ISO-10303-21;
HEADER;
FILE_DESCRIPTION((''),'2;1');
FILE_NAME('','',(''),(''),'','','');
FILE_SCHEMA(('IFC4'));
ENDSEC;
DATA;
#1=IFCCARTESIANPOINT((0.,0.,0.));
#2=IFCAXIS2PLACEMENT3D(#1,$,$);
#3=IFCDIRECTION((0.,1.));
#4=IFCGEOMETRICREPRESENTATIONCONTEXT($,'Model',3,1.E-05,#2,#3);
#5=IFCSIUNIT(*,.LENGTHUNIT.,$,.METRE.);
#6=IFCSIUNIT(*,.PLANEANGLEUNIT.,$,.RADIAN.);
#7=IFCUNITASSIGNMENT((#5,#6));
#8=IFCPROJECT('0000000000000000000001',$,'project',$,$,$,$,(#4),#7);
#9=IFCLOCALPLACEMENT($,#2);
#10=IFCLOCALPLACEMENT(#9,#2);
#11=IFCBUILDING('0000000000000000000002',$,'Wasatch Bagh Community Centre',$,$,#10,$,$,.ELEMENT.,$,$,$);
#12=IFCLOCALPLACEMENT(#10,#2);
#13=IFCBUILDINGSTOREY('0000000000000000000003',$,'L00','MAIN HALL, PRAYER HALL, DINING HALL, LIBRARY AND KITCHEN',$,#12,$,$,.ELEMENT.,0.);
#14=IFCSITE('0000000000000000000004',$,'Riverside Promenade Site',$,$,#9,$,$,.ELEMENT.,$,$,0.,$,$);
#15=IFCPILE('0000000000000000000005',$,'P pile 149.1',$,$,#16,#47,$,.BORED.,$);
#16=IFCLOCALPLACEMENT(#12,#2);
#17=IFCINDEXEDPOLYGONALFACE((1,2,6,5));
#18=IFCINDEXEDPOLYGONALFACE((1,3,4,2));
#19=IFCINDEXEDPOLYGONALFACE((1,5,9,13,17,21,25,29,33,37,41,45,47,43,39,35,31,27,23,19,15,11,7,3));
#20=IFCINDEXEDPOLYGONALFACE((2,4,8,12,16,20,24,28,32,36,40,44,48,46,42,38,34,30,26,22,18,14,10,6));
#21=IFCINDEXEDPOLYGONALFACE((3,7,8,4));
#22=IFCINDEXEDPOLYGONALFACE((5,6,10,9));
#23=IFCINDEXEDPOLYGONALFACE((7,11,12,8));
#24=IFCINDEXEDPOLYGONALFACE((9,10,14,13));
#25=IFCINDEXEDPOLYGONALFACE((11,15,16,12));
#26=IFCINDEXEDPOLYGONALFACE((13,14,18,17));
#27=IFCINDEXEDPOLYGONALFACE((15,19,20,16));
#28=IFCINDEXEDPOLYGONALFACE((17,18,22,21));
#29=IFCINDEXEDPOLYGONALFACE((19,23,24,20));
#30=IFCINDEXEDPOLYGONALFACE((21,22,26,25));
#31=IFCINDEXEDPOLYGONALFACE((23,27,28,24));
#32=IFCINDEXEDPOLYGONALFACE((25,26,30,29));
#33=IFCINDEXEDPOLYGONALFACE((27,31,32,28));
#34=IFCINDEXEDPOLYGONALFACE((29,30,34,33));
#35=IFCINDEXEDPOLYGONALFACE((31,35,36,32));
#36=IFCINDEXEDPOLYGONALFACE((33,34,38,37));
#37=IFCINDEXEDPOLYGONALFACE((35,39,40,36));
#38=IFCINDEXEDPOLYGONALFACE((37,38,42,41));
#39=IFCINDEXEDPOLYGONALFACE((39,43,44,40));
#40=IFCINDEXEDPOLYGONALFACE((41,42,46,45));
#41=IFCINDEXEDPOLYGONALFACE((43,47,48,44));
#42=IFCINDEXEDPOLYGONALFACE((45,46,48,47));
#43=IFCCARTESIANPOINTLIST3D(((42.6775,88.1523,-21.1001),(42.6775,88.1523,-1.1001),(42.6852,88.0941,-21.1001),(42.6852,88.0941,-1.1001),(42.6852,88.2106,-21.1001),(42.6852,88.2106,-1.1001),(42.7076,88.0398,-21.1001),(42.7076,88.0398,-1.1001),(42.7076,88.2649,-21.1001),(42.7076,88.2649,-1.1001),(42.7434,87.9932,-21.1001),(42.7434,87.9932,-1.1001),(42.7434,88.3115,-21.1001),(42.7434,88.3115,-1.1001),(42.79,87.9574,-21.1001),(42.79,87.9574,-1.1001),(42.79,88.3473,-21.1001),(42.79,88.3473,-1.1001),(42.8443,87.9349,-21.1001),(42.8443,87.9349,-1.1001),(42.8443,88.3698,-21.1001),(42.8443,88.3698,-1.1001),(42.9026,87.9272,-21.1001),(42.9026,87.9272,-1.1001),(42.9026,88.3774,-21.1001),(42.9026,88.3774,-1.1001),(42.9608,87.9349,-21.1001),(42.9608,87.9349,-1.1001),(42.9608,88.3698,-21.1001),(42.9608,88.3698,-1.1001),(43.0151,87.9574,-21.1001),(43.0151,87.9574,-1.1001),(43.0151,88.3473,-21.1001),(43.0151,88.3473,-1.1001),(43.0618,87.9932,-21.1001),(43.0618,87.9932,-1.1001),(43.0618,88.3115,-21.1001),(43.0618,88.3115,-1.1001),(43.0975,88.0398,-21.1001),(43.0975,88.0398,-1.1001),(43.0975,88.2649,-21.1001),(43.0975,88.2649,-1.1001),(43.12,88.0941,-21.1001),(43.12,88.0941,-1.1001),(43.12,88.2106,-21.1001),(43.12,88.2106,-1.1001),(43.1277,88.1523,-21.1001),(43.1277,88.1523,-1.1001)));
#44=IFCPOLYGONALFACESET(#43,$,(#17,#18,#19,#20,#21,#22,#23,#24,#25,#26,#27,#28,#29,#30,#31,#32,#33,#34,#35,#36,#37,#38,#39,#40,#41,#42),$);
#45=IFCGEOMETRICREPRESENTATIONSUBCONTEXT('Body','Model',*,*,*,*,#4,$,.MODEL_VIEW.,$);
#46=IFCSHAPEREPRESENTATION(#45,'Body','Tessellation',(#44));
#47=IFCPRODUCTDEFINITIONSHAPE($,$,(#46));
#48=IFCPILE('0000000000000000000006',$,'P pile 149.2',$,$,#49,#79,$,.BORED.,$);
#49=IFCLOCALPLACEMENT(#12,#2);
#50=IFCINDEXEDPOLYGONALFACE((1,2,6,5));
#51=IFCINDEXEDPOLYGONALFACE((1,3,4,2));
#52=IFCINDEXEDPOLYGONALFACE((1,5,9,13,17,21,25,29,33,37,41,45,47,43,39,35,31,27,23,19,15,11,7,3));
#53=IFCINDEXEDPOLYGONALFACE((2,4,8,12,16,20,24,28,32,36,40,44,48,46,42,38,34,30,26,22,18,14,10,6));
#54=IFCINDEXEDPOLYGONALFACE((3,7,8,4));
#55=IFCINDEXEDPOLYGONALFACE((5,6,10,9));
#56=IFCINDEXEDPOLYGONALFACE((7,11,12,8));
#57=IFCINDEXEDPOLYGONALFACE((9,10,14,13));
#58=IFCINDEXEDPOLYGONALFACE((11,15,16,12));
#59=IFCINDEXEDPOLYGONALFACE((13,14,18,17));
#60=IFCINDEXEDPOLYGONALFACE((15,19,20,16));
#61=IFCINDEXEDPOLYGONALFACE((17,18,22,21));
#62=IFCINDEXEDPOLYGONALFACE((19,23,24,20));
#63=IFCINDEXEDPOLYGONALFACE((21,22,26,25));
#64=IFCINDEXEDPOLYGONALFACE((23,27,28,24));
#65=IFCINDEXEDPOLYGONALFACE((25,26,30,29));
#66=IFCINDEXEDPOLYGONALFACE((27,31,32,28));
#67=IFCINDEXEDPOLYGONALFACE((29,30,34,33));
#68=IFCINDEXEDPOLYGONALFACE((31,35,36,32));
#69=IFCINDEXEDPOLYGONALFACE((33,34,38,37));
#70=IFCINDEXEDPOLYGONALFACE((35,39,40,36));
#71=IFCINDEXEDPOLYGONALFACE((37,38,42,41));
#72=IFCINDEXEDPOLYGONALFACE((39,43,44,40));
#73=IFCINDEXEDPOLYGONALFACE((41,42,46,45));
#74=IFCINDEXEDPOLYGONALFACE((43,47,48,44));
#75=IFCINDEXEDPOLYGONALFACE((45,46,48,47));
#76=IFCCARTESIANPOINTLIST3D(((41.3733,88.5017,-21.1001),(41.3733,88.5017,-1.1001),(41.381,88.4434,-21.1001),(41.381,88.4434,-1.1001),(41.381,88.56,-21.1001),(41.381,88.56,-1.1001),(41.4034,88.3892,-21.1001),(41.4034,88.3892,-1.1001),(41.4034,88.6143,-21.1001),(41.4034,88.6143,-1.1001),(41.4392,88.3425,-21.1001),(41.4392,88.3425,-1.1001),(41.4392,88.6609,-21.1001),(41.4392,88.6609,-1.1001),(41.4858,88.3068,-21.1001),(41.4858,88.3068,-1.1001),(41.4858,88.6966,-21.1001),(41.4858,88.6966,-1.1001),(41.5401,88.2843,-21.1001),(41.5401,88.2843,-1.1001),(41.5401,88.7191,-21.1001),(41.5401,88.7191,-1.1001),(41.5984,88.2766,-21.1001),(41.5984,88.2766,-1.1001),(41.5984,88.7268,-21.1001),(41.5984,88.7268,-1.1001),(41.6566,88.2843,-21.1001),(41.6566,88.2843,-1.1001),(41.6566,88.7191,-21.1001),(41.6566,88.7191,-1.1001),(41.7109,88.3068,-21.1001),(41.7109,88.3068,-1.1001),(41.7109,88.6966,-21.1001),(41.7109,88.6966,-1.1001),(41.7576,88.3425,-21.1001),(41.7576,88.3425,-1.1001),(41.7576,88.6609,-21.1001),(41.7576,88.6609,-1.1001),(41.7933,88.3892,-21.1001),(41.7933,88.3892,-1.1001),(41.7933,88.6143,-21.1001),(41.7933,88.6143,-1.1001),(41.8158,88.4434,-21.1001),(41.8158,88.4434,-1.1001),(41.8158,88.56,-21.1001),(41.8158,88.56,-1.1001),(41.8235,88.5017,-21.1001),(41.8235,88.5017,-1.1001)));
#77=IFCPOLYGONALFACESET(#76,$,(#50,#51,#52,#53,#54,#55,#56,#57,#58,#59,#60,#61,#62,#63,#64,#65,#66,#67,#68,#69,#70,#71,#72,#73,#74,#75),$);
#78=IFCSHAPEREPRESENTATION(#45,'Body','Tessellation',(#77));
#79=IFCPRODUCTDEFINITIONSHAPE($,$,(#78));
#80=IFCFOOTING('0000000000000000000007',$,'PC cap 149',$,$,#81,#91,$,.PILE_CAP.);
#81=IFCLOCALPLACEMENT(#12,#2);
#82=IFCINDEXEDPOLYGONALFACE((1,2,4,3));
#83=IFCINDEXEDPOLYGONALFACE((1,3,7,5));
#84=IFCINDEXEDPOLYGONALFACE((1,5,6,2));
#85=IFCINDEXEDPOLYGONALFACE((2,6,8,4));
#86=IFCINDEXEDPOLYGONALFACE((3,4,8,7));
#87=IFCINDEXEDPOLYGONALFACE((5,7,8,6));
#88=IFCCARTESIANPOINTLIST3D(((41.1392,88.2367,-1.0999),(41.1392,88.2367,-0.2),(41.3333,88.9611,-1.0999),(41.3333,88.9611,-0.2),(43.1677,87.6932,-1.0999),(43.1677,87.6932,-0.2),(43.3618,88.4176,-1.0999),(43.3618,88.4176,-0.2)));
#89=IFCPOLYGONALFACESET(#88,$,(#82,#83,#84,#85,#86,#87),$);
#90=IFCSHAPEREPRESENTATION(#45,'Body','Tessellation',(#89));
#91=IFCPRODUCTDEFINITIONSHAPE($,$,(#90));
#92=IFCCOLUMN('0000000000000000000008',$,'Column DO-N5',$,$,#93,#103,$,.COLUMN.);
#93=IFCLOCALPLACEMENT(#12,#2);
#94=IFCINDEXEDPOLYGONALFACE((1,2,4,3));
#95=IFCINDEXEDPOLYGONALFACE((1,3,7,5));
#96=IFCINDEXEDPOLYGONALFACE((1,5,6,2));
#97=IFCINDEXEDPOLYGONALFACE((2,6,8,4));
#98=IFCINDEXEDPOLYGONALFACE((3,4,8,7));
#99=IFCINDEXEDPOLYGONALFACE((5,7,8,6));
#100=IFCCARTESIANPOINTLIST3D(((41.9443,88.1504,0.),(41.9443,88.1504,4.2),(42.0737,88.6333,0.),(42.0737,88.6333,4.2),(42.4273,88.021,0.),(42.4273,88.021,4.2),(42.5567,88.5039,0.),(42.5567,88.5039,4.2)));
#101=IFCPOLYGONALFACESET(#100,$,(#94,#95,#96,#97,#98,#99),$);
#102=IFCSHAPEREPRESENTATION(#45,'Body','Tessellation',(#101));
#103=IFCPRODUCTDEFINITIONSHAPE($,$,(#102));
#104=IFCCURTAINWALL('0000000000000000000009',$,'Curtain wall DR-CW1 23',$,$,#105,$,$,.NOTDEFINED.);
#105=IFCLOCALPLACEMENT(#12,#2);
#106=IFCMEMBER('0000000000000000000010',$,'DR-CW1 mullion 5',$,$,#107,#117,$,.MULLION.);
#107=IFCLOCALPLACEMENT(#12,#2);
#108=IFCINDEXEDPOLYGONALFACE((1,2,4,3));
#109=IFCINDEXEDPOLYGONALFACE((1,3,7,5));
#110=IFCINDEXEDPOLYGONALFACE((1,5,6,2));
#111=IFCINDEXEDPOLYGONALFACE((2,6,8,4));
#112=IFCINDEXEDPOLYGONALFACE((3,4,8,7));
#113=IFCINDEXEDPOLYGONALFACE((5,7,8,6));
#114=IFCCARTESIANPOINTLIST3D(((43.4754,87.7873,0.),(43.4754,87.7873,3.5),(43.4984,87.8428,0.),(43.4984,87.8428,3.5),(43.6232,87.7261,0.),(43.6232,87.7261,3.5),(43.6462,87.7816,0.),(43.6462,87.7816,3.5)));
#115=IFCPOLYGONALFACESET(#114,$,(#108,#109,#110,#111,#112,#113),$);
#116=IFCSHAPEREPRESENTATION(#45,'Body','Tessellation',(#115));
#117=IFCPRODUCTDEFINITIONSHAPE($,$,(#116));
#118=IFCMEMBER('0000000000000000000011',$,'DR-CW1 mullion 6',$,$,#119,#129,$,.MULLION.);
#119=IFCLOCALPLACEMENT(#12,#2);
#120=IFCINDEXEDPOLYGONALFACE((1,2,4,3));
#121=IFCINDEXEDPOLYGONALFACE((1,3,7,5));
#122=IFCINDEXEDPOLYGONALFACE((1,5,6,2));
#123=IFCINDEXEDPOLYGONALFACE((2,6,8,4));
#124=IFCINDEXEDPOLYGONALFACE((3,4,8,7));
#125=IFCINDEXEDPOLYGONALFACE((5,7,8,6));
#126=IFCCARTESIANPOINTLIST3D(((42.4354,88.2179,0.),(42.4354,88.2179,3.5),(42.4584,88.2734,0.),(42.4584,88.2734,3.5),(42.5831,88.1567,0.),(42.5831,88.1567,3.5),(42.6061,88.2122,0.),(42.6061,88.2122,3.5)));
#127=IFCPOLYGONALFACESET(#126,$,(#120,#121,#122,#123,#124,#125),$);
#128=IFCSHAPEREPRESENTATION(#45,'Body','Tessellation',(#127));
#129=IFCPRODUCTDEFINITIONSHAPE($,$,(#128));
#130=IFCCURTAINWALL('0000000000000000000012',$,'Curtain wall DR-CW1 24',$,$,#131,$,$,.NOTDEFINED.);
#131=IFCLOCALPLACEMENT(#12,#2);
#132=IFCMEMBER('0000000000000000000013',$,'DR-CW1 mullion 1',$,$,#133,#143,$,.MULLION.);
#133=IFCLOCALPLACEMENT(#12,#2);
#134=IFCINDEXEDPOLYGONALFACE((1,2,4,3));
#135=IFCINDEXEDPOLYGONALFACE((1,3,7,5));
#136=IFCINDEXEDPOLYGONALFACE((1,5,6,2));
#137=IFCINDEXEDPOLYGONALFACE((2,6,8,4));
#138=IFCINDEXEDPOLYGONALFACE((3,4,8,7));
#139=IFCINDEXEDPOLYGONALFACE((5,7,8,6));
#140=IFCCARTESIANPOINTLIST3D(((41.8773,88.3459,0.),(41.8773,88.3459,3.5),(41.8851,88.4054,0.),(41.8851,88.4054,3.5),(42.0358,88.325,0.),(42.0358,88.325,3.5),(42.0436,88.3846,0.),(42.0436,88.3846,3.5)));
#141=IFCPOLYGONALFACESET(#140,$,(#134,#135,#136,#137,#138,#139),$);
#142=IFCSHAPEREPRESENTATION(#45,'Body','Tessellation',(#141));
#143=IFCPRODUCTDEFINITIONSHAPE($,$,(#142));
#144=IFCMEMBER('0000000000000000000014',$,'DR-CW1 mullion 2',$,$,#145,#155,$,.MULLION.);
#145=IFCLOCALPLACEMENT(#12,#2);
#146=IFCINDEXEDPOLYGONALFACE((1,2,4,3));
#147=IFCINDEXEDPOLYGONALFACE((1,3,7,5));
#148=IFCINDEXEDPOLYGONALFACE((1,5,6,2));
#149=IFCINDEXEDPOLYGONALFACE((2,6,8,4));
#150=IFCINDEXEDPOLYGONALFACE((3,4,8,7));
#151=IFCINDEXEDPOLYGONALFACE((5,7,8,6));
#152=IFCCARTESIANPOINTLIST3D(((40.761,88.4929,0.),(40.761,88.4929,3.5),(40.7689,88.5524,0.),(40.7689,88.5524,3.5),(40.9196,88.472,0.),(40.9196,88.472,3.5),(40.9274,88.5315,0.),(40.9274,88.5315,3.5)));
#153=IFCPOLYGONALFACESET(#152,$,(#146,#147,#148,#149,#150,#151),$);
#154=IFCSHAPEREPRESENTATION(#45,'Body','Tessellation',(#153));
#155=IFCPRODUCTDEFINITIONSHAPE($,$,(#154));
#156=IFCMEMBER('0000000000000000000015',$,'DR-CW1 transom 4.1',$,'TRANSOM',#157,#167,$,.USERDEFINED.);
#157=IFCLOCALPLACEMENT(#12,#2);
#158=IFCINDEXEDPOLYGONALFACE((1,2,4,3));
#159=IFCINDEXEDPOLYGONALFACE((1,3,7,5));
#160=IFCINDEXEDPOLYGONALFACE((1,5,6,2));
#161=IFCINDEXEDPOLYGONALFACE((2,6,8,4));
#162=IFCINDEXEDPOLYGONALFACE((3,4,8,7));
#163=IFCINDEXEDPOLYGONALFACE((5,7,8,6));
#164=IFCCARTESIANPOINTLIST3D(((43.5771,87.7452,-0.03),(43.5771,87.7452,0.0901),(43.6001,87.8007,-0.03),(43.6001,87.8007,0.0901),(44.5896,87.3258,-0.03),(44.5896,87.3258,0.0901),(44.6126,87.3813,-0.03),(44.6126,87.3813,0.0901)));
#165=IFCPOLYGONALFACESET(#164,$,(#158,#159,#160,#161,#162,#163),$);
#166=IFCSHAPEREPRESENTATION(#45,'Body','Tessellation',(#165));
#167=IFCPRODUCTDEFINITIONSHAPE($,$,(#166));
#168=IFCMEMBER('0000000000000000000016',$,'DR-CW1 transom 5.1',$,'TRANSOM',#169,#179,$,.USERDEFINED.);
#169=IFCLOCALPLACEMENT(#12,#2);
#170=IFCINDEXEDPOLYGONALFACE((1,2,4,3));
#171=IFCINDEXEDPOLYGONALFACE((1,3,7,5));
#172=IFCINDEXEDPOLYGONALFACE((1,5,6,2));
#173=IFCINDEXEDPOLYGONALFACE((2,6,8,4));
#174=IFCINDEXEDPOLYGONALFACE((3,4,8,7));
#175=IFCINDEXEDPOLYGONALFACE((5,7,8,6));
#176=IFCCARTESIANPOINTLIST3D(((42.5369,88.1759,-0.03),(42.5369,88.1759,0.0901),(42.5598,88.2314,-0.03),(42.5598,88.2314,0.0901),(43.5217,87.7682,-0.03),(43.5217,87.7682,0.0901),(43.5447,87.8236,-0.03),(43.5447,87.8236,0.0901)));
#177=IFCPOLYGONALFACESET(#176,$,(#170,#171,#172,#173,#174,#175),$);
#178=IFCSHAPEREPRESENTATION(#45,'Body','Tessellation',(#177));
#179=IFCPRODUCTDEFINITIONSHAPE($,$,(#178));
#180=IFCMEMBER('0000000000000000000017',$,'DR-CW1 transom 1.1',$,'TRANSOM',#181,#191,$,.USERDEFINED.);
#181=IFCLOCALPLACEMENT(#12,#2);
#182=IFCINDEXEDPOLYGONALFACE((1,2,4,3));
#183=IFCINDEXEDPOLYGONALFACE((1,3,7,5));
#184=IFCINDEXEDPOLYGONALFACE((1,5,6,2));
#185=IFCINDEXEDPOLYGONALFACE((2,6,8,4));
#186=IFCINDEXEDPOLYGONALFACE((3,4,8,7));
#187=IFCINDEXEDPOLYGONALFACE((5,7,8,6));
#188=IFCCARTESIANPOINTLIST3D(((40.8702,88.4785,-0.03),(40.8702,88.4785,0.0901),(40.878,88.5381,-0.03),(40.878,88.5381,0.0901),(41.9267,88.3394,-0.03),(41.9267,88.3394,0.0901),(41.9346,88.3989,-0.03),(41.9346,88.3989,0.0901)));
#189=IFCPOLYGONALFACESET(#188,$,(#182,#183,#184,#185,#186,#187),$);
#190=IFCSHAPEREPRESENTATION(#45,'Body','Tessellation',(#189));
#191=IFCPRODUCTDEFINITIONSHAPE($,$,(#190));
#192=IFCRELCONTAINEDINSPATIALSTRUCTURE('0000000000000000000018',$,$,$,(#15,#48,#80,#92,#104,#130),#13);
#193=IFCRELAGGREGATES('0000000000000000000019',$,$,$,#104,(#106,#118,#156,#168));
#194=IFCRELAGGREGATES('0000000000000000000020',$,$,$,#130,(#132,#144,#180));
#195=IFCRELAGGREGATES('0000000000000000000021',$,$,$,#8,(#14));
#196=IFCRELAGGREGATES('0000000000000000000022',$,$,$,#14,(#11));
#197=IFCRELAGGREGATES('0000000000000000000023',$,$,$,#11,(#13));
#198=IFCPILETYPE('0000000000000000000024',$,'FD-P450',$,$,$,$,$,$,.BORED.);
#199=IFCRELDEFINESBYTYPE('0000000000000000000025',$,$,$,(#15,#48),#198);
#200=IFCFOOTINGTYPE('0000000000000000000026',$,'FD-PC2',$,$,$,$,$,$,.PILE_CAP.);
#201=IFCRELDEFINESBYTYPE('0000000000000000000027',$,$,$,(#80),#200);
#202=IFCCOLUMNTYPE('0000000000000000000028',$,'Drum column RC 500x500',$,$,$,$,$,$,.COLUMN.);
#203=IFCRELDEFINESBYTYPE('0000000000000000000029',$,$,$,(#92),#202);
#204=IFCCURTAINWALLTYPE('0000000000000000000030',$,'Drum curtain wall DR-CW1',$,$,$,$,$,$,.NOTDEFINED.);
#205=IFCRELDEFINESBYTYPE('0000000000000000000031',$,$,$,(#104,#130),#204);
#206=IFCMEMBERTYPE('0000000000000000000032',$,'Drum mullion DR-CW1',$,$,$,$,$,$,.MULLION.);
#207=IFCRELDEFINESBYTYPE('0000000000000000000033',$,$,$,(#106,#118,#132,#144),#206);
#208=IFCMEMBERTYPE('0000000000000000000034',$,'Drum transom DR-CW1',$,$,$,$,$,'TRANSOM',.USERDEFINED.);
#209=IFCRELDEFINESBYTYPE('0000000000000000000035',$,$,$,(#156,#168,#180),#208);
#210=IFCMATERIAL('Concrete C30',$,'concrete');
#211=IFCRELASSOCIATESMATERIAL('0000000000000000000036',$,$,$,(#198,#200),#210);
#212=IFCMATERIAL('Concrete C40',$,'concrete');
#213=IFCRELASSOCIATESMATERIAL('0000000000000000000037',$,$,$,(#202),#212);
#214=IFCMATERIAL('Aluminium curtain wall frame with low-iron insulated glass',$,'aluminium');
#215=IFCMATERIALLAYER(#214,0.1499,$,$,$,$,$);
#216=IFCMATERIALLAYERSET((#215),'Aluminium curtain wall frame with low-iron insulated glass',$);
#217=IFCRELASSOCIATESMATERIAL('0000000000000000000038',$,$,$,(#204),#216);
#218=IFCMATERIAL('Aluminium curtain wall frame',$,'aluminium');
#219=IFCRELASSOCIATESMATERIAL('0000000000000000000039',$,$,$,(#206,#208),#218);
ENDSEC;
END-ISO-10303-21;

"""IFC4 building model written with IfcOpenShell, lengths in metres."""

from ifc_helpers import new_model, si_unit, direction, frame, origin, origin_2d, place, context, subcontext, project, spatial, rectangle, circle, extrude, material, layer, layer_set, material_profile, profile_set, type_object, element, aggregate, save


model = new_model("IFC4")

# Units and contexts
model_context = context("Model", 3, precision=1e-05, world=origin(), true_north=direction((0.0, 1.0)))
body_context = subcontext(model_context, "Body", "Model", "MODEL_VIEW")
ifc_project = project(units=[si_unit("LENGTHUNIT", "METRE"), si_unit("PLANEANGLEUNIT", "RADIAN")], contexts=[model_context])

# Site, building, storey
site_placement = place(None, origin())
site = spatial("IfcSite", under=ifc_project, at=site_placement, Name="Riverside Promenade Site", CompositionType="ELEMENT", RefElevation=0.0)
building_placement = place(site_placement, origin())
building = spatial("IfcBuilding", under=site, at=building_placement, Name="Wasatch Bagh Community Centre", CompositionType="ELEMENT")
storey_placement = place(building_placement, origin())
storey = spatial("IfcBuildingStorey", under=building, at=storey_placement, Name="L00", Description="MAIN HALL, PRAYER HALL, DINING HALL, LIBRARY AND KITCHEN", CompositionType="ELEMENT", Elevation=0.0)

# Piles
ifc_material_1 = material(Name="Concrete C30", Category="concrete")
ifc_material_profile_1 = material_profile(ifc_material_1, circle(Radius=0.2251, at=origin_2d()), Name="RC D450")
ifc_profile_set_1 = profile_set([ifc_material_profile_1], Name="Concrete C30")
pile_type = type_object("IfcPileType", Name="FD-P450", PredefinedType="BORED", material=ifc_profile_set_1)
for number, where, z_axis, x_axis, name in (
    (1, (42.9026, 88.1523, -1.1001), (0.0, 0.0, -1.0), (1.0, 0.0, 0.0), "P pile 149.1"),
    (2, (41.5984, 88.5017, -1.1001), (0.0, 0.0, -1.0), (1.0, 0.0, 0.0), "P pile 149.2"),
):
    element("IfcPile", number, at=place(storey_placement, frame(where, z_axis=z_axis, x_axis=x_axis)), inside=storey, type_object=pile_type, Name=name, PredefinedType="BORED", context=body_context, shape_type="SweptSolid", body=[
        extrude(circle(Radius=0.2251, at=origin_2d()), origin(), (0.0, 0.0, 1.0), 20.0),
    ])

# Footing
footing_type = type_object("IfcFootingType", Name="FD-PC2", PredefinedType="PILE_CAP", material=ifc_material_1)
footing_placement = place(storey_placement, frame((42.2505, 88.3271, -1.0999), z_axis=(0.0, 0.0, 1.0), x_axis=(-0.965926, 0.258819, 0.0)))
element("IfcFooting", 3, at=footing_placement, inside=storey, type_object=footing_type, Name="PC cap 149", PredefinedType="PILE_CAP", context=body_context, shape_type="SweptSolid", body=[
    extrude(rectangle(XDim=2.1001, YDim=0.75, at=origin_2d()), origin(), (0.0, 0.0, 1.0), 0.8999),
])

# Column
ifc_material_2 = material(Name="Concrete C40", Category="concrete")
ifc_material_profile_2 = material_profile(ifc_material_2, rectangle(XDim=0.5, YDim=0.5, at=origin_2d()), Name="RC 500x500")
ifc_profile_set_2 = profile_set([ifc_material_profile_2], Name="Concrete C40")
column_type = type_object("IfcColumnType", Name="Drum column RC 500x500", PredefinedType="COLUMN", material=ifc_profile_set_2)
column_placement = place(storey_placement, frame((42.2505, 88.3271, 0.0), z_axis=(0.0, 0.0, 1.0), x_axis=(0.258819, 0.965926, 0.0)))
element("IfcColumn", 4, at=column_placement, inside=storey, type_object=column_type, Name="Column DO-N5", PredefinedType="COLUMN", context=body_context, shape_type="SweptSolid", body=[
    extrude(rectangle(XDim=0.5, YDim=0.5, at=origin_2d()), origin(), (0.0, 0.0, 1.0), 4.2),
])

# Curtain walls, members
ifc_material_3 = material(Name="Aluminium curtain wall frame with low-iron insulated glass", Category="aluminium")
ifc_layer_1 = layer(ifc_material_3, 0.1499)
ifc_layer_set_1 = layer_set([ifc_layer_1], Name="Aluminium curtain wall frame with low-iron insulated glass")
curtain_wall_type = type_object("IfcCurtainWallType", Name="Drum curtain wall DR-CW1", PredefinedType="NOTDEFINED", material=ifc_layer_set_1)
curtain_wall_1_placement = place(storey_placement, origin())
curtain_wall_1 = element("IfcCurtainWall", 5, at=curtain_wall_1_placement, inside=storey, type_object=curtain_wall_type, Name="Curtain wall DR-CW1 23", PredefinedType="NOTDEFINED")
ifc_material_4 = material(Name="Aluminium curtain wall frame", Category="aluminium")
ifc_material_profile_3 = material_profile(ifc_material_4, rectangle(XDim=0.0601, YDim=0.1599, at=origin_2d()), Name="Drum mullion DR-CW1")
ifc_profile_set_3 = profile_set([ifc_material_profile_3], Name="Aluminium curtain wall frame")
member_type_1 = type_object("IfcMemberType", Name="Drum mullion DR-CW1", PredefinedType="MULLION", material=ifc_profile_set_3)
member_1_placement = place(storey_placement, frame((43.5608, 87.7844, 0.0), z_axis=(0.0, 0.0, 1.0), x_axis=(-0.382683, -0.92388, 0.0)))
member_1 = element("IfcMember", 6, at=member_1_placement, type_object=member_type_1, Name="DR-CW1 mullion 5", PredefinedType="MULLION", context=body_context, shape_type="SweptSolid", body=[
    extrude(rectangle(XDim=0.0601, YDim=0.1599, at=origin_2d()), origin(), (0.0, 0.0, 1.0), 3.5),
])
member_2_placement = place(storey_placement, frame((42.5208, 88.2151, 0.0), z_axis=(0.0, 0.0, 1.0), x_axis=(-0.382683, -0.92388, 0.0)))
member_2 = element("IfcMember", 7, at=member_2_placement, type_object=member_type_1, Name="DR-CW1 mullion 6", PredefinedType="MULLION", context=body_context, shape_type="SweptSolid", body=[
    extrude(rectangle(XDim=0.0601, YDim=0.1599, at=origin_2d()), origin(), (0.0, 0.0, 1.0), 3.5),
])
curtain_wall_2_placement = place(storey_placement, origin())
curtain_wall_2 = element("IfcCurtainWall", 8, at=curtain_wall_2_placement, inside=storey, type_object=curtain_wall_type, Name="Curtain wall DR-CW1 24", PredefinedType="NOTDEFINED")
member_3_placement = place(storey_placement, frame((41.9604, 88.3652, 0.0), z_axis=(0.0, 0.0, 1.0), x_axis=(-0.130526, -0.991445, 0.0)))
member_3 = element("IfcMember", 9, at=member_3_placement, type_object=member_type_1, Name="DR-CW1 mullion 1", PredefinedType="MULLION", context=body_context, shape_type="SweptSolid", body=[
    extrude(rectangle(XDim=0.0601, YDim=0.1599, at=origin_2d()), origin(), (0.0, 0.0, 1.0), 3.5),
])
member_4_placement = place(storey_placement, frame((40.8442, 88.5122, 0.0), z_axis=(0.0, 0.0, 1.0), x_axis=(-0.130526, -0.991445, 0.0)))
member_4 = element("IfcMember", 10, at=member_4_placement, type_object=member_type_1, Name="DR-CW1 mullion 2", PredefinedType="MULLION", context=body_context, shape_type="SweptSolid", body=[
    extrude(rectangle(XDim=0.0601, YDim=0.1599, at=origin_2d()), origin(), (0.0, 0.0, 1.0), 3.5),
])

# Members
ifc_material_profile_4 = material_profile(ifc_material_4, rectangle(XDim=0.0601, YDim=0.1201, at=origin_2d()), Name="Drum transom DR-CW1")
ifc_profile_set_4 = profile_set([ifc_material_profile_4], Name="Aluminium curtain wall frame")
member_type_2 = type_object("IfcMemberType", Name="Drum transom DR-CW1", ElementType="TRANSOM", PredefinedType="USERDEFINED", material=ifc_profile_set_4)
member_5_placement = place(storey_placement, frame((44.6011, 87.3535, 0.03), z_axis=(-0.923859, 0.382732, 0.0), x_axis=(-0.382732, -0.923859, 0.0)))
member_5 = element("IfcMember", 11, at=member_5_placement, type_object=member_type_2, Name="DR-CW1 transom 4.1", ObjectType="TRANSOM", PredefinedType="USERDEFINED", context=body_context, shape_type="SweptSolid", body=[
    extrude(rectangle(XDim=0.0601, YDim=0.1201, at=origin_2d()), origin(), (0.0, 0.0, 1.0), 1.0959),
])
member_6_placement = place(storey_placement, frame((43.5332, 87.7959, 0.03), z_axis=(-0.923955, 0.3825, 0.0), x_axis=(-0.3825, -0.923955, 0.0)))
member_6 = element("IfcMember", 12, at=member_6_placement, type_object=member_type_2, Name="DR-CW1 transom 5.1", ObjectType="TRANSOM", PredefinedType="USERDEFINED", context=body_context, shape_type="SweptSolid", body=[
    extrude(rectangle(XDim=0.0601, YDim=0.1201, at=origin_2d()), origin(), (0.0, 0.0, 1.0), 1.0659),
])
member_7_placement = place(storey_placement, frame((41.9307, 88.3691, 0.03), z_axis=(-0.991439, 0.130573, 0.0), x_axis=(-0.130573, -0.991439, 0.0)))
member_7 = element("IfcMember", 13, at=member_7_placement, type_object=member_type_2, Name="DR-CW1 transom 1.1", ObjectType="TRANSOM", PredefinedType="USERDEFINED", context=body_context, shape_type="SweptSolid", body=[
    extrude(rectangle(XDim=0.0601, YDim=0.1201, at=origin_2d()), origin(), (0.0, 0.0, 1.0), 1.0657),
])

aggregate(curtain_wall_1, [member_1, member_2, member_5, member_6])
aggregate(curtain_wall_2, [member_3, member_4, member_7])

save(model, "model.ifc")
